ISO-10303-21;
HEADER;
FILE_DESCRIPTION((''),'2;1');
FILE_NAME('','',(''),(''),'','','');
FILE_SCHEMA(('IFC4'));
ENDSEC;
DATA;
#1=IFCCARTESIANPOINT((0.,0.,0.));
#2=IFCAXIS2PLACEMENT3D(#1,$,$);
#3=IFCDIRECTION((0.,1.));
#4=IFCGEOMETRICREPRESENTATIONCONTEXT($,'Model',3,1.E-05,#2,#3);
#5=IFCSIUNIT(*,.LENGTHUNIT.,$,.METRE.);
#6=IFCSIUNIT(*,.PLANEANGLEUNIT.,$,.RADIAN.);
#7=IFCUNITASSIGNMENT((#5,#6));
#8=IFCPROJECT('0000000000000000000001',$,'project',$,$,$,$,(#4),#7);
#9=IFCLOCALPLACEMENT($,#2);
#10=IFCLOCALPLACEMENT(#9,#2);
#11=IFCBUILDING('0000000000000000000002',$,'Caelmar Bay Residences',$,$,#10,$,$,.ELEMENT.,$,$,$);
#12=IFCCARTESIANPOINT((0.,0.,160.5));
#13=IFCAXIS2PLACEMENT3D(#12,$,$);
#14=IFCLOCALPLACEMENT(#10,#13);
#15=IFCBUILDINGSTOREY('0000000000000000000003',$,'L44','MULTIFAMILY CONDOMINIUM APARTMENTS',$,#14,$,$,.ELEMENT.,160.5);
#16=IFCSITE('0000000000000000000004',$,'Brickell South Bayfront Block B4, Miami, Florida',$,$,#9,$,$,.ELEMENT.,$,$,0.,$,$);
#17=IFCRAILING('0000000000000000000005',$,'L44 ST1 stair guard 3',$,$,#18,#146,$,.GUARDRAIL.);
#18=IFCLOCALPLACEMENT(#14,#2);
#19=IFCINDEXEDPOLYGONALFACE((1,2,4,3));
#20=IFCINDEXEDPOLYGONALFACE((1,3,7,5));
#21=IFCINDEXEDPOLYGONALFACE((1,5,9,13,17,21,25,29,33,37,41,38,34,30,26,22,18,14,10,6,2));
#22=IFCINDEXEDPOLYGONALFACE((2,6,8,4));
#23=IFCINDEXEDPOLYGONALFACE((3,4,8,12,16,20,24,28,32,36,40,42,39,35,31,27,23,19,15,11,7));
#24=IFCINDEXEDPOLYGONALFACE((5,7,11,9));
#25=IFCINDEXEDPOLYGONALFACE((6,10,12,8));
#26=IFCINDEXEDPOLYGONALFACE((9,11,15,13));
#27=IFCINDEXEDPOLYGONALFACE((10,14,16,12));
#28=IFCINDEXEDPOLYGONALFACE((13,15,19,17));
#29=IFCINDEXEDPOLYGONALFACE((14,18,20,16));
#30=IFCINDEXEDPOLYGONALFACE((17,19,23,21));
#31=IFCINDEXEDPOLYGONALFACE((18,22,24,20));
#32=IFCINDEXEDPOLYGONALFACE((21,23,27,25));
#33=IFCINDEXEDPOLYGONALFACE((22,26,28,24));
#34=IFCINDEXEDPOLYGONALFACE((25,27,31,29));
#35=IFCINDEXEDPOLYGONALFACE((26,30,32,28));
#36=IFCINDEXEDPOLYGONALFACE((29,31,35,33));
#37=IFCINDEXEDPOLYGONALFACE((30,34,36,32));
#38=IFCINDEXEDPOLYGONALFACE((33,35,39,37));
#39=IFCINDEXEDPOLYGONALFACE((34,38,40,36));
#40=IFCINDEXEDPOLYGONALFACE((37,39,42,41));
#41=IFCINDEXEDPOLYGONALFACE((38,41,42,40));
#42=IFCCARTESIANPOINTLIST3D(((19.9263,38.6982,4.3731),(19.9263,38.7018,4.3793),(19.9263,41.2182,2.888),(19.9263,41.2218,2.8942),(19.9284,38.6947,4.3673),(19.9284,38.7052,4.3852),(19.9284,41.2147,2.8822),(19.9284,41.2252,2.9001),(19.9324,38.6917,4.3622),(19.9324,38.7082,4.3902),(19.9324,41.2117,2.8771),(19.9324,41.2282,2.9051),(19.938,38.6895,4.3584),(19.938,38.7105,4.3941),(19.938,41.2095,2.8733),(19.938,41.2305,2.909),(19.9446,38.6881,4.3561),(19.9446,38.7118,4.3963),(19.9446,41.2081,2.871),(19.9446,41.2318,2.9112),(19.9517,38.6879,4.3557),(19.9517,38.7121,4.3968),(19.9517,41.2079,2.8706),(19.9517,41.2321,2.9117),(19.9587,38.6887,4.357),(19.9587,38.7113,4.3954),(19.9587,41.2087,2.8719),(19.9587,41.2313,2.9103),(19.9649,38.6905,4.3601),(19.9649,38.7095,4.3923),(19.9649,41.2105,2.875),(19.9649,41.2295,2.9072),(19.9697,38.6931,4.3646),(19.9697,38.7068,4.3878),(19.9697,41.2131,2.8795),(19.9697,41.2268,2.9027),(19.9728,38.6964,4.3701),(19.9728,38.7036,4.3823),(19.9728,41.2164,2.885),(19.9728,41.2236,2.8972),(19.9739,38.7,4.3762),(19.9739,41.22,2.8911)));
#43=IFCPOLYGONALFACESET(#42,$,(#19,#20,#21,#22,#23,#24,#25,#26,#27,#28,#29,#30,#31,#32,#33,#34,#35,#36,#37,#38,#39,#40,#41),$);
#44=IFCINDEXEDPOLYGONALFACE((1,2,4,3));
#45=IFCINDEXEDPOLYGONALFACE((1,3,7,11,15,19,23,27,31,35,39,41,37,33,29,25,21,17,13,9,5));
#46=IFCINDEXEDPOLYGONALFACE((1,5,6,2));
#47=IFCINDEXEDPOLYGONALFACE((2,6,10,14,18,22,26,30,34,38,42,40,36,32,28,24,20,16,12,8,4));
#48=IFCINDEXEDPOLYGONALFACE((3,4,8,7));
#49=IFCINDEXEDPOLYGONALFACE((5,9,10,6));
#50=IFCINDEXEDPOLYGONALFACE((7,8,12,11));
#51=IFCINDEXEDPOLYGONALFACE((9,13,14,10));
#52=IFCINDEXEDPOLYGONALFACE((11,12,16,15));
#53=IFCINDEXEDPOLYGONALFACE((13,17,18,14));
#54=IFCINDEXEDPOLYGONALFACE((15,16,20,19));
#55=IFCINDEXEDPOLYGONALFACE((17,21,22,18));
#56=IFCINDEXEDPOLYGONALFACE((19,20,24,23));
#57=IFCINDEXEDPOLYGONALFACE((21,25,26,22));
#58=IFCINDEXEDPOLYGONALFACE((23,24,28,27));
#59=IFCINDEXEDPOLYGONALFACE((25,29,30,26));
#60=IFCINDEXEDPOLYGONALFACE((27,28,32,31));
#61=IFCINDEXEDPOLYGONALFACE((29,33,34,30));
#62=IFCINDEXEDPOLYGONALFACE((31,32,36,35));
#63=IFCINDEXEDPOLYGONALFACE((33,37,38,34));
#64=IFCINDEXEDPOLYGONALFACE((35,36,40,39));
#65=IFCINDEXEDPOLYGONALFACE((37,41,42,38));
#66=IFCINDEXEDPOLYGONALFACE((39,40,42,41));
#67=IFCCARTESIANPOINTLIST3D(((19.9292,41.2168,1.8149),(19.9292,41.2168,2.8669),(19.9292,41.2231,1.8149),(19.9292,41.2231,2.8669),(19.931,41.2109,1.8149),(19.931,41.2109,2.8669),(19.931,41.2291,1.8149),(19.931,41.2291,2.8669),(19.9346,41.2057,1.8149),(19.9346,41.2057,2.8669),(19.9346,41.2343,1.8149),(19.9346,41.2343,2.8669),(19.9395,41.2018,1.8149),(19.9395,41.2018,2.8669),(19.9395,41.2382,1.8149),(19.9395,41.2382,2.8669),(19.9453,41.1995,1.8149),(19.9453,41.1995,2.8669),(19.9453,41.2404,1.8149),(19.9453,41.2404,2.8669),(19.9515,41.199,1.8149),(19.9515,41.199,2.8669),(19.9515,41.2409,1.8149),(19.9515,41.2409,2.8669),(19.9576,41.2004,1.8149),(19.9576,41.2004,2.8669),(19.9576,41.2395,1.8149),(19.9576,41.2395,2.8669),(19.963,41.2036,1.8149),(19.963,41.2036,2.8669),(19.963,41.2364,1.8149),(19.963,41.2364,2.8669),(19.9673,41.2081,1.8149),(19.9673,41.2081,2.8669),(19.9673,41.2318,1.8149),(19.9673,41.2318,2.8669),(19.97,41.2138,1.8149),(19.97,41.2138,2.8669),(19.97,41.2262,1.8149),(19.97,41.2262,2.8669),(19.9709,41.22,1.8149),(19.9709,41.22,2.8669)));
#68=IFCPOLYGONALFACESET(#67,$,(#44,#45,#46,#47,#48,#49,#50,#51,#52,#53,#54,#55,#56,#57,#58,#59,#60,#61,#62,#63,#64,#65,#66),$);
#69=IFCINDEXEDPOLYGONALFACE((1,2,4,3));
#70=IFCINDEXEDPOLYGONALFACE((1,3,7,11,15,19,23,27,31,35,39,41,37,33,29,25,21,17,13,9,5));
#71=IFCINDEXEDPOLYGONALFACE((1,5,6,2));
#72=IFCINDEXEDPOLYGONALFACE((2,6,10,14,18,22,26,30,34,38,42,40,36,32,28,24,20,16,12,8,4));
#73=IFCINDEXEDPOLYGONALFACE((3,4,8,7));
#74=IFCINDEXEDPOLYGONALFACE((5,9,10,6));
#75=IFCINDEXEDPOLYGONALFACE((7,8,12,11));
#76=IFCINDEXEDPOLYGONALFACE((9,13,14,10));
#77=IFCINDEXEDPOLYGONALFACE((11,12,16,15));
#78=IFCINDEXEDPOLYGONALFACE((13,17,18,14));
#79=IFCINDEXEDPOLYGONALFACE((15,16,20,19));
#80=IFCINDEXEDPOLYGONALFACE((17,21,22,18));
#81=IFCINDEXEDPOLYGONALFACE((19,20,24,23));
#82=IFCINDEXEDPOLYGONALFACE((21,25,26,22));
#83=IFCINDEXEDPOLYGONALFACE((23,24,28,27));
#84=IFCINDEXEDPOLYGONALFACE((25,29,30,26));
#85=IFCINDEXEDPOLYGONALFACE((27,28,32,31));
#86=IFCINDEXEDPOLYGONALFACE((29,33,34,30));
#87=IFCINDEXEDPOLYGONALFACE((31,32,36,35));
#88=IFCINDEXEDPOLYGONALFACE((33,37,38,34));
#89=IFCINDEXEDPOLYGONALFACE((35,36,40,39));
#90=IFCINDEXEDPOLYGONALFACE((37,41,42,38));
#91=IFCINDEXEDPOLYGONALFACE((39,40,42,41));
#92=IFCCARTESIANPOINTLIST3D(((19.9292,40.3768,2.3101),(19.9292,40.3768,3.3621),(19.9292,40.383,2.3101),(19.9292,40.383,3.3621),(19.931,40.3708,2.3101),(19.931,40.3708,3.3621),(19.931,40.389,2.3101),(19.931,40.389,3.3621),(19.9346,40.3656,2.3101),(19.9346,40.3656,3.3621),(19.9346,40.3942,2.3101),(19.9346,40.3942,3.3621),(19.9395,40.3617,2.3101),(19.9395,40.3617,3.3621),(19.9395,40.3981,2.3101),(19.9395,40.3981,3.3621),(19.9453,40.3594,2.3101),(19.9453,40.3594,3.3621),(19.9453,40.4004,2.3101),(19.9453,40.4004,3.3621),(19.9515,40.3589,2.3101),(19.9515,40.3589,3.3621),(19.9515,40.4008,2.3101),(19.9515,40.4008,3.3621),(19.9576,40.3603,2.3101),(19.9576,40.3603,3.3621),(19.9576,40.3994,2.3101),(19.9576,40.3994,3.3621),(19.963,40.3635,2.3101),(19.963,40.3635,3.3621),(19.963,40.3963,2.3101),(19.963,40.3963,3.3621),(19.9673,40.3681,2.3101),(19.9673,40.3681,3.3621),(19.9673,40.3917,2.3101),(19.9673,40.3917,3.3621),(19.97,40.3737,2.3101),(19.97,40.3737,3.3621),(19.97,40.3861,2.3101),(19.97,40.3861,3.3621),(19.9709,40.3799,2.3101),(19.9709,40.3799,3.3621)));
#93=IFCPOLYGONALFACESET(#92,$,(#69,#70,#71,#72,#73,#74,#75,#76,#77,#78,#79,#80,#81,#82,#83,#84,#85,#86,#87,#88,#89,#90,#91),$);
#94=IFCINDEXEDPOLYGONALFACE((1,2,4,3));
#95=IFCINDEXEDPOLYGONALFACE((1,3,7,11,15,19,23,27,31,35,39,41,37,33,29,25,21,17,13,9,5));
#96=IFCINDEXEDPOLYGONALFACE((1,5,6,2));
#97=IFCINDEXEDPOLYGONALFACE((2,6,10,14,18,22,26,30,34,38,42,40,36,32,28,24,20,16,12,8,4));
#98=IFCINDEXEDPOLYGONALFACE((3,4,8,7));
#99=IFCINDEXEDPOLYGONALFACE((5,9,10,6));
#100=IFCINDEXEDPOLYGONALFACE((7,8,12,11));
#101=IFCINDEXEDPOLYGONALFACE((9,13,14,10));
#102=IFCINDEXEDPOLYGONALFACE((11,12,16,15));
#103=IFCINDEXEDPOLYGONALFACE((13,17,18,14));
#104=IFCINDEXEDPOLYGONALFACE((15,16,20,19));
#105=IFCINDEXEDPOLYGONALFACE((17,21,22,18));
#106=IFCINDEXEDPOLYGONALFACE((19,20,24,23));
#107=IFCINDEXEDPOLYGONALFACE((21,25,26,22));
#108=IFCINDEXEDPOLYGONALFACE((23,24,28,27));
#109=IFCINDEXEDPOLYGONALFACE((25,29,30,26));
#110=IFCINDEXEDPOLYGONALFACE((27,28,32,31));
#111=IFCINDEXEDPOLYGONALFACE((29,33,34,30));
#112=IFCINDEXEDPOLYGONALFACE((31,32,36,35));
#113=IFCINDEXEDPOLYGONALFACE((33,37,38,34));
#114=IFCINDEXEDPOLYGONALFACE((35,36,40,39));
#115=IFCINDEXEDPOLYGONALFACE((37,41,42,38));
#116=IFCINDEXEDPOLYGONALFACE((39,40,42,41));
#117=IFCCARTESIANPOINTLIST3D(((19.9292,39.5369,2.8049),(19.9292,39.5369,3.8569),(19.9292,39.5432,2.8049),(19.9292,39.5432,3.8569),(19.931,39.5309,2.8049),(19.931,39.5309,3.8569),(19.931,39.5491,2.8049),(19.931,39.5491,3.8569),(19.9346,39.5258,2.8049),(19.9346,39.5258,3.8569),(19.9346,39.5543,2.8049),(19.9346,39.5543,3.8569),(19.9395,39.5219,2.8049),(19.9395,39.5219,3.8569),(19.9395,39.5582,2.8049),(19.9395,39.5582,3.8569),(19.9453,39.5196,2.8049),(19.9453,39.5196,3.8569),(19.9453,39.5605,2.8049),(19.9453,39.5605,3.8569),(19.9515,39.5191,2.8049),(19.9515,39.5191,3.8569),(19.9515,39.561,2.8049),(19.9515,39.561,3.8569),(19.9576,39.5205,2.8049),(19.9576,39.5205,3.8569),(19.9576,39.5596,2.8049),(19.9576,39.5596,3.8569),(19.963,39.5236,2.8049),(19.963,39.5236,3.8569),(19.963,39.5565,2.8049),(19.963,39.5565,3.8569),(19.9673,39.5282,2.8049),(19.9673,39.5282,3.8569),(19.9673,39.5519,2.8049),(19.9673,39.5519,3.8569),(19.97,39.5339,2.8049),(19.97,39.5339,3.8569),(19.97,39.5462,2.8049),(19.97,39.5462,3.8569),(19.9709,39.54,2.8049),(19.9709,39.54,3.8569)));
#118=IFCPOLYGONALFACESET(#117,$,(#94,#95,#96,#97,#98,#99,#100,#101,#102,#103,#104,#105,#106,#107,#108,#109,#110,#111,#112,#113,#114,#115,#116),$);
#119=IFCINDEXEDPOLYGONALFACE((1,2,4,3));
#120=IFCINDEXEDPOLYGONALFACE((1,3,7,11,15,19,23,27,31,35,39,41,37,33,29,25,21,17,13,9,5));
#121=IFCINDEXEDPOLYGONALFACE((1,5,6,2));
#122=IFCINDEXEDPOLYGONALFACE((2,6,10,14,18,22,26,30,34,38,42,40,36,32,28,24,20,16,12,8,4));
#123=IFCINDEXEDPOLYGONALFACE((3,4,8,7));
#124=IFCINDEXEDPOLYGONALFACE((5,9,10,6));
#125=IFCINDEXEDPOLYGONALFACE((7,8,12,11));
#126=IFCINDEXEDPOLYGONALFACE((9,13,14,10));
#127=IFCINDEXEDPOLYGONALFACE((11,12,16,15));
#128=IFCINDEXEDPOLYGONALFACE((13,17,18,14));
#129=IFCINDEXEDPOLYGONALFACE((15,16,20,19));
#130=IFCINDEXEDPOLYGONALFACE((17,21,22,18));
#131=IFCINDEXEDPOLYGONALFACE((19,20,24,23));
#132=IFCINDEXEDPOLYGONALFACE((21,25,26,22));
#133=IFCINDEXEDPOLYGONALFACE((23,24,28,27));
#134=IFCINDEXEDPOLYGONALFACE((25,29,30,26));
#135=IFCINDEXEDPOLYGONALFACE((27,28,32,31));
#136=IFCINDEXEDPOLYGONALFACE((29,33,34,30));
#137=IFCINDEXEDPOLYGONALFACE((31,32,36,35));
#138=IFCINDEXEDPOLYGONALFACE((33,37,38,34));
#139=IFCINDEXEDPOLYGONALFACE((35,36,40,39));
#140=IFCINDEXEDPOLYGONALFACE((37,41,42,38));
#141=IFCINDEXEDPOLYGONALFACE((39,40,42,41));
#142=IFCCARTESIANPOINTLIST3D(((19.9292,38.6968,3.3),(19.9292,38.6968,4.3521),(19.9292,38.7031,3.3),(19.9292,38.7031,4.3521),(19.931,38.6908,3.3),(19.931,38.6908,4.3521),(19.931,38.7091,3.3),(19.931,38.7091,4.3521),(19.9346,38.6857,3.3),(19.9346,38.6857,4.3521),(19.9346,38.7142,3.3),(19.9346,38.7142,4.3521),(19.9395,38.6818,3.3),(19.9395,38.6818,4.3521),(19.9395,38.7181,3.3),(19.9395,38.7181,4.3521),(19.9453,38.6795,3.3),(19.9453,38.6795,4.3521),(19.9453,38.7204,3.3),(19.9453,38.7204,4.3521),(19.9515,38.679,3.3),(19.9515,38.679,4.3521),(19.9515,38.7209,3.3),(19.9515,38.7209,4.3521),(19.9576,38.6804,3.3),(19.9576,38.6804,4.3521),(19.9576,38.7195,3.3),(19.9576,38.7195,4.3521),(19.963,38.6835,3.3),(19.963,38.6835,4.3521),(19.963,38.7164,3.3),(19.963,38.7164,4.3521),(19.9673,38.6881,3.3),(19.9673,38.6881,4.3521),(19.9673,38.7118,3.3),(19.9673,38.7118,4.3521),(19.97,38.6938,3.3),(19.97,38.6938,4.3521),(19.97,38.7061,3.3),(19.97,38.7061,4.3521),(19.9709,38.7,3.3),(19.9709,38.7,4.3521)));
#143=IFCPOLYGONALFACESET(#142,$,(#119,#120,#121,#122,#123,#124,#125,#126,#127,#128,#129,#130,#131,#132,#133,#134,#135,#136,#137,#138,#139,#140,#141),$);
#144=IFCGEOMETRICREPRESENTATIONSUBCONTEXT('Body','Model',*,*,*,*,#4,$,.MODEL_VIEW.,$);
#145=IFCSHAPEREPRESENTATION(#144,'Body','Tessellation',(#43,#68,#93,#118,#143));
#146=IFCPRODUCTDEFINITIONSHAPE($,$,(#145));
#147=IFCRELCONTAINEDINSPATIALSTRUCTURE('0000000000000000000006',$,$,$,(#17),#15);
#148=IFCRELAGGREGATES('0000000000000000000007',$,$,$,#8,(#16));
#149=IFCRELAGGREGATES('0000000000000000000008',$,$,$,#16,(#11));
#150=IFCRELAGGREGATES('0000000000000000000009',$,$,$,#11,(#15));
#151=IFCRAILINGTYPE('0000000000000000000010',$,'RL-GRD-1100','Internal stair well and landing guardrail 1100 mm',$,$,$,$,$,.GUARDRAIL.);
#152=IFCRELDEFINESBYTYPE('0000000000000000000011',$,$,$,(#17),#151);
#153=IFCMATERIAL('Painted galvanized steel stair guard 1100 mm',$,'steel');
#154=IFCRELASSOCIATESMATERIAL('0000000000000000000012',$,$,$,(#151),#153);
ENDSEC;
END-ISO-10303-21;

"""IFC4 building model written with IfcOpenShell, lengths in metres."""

from ifc_helpers import new_model, si_unit, direction, frame, origin, origin_2d, place, context, subcontext, project, spatial, circle, extrude, material, type_object, element, save


model = new_model("IFC4")

# Units and contexts
model_context = context("Model", 3, precision=1e-05, world=origin(), true_north=direction((0.0, 1.0)))
body_context = subcontext(model_context, "Body", "Model", "MODEL_VIEW")
ifc_project = project(units=[si_unit("LENGTHUNIT", "METRE"), si_unit("PLANEANGLEUNIT", "RADIAN")], contexts=[model_context])

# Site, building, storey
site_placement = place(None, origin())
site = spatial("IfcSite", under=ifc_project, at=site_placement, Name="Brickell South Bayfront Block B4, Miami, Florida", CompositionType="ELEMENT", RefElevation=0.0)
building_placement = place(site_placement, origin())
building = spatial("IfcBuilding", under=site, at=building_placement, Name="Caelmar Bay Residences", CompositionType="ELEMENT")
storey_placement = place(building_placement, frame((0.0, 0.0, 160.5)))
storey = spatial("IfcBuildingStorey", under=building, at=storey_placement, Name="L44", Description="MULTIFAMILY CONDOMINIUM APARTMENTS", CompositionType="ELEMENT", Elevation=160.5)

# Railing
ifc_material_1 = material(Name="Painted galvanized steel stair guard 1100 mm", Category="steel")
railing_type_1 = type_object("IfcRailingType", Name="RL-GRD-1100", Description="Internal stair well and landing guardrail 1100 mm", PredefinedType="GUARDRAIL", material=ifc_material_1)
railing_1_placement = place(storey_placement, frame((19.95, 41.22, 1.8149)))
element("IfcRailing", 1, at=railing_1_placement, inside=storey, type_object=railing_type_1, Name="L44 ST1 stair guard 3", PredefinedType="GUARDRAIL", context=body_context, shape_type="SweptSolid", body=[
    extrude(circle(Radius=0.0239, at=origin_2d()), frame((0.0, 0.0, 1.0762), z_axis=(0.0, -0.861524, 0.507717), x_axis=(1.0, 0.0, 0.0)), (0.0, 0.0, 1.0), 2.925),
    extrude(circle(Radius=0.021, at=origin_2d()), origin(), (0.0, 0.0, 1.0), 1.052),
    extrude(circle(Radius=0.021, at=origin_2d()), frame((0.0, -0.8401, 0.4951)), (0.0, 0.0, 1.0), 1.052),
    extrude(circle(Radius=0.021, at=origin_2d()), frame((0.0, -1.6799, 0.99)), (0.0, 0.0, 1.0), 1.052),
    extrude(circle(Radius=0.021, at=origin_2d()), frame((0.0, -2.52, 1.4851)), (0.0, 0.0, 1.0), 1.052),
])

save(model, "model.ifc")
